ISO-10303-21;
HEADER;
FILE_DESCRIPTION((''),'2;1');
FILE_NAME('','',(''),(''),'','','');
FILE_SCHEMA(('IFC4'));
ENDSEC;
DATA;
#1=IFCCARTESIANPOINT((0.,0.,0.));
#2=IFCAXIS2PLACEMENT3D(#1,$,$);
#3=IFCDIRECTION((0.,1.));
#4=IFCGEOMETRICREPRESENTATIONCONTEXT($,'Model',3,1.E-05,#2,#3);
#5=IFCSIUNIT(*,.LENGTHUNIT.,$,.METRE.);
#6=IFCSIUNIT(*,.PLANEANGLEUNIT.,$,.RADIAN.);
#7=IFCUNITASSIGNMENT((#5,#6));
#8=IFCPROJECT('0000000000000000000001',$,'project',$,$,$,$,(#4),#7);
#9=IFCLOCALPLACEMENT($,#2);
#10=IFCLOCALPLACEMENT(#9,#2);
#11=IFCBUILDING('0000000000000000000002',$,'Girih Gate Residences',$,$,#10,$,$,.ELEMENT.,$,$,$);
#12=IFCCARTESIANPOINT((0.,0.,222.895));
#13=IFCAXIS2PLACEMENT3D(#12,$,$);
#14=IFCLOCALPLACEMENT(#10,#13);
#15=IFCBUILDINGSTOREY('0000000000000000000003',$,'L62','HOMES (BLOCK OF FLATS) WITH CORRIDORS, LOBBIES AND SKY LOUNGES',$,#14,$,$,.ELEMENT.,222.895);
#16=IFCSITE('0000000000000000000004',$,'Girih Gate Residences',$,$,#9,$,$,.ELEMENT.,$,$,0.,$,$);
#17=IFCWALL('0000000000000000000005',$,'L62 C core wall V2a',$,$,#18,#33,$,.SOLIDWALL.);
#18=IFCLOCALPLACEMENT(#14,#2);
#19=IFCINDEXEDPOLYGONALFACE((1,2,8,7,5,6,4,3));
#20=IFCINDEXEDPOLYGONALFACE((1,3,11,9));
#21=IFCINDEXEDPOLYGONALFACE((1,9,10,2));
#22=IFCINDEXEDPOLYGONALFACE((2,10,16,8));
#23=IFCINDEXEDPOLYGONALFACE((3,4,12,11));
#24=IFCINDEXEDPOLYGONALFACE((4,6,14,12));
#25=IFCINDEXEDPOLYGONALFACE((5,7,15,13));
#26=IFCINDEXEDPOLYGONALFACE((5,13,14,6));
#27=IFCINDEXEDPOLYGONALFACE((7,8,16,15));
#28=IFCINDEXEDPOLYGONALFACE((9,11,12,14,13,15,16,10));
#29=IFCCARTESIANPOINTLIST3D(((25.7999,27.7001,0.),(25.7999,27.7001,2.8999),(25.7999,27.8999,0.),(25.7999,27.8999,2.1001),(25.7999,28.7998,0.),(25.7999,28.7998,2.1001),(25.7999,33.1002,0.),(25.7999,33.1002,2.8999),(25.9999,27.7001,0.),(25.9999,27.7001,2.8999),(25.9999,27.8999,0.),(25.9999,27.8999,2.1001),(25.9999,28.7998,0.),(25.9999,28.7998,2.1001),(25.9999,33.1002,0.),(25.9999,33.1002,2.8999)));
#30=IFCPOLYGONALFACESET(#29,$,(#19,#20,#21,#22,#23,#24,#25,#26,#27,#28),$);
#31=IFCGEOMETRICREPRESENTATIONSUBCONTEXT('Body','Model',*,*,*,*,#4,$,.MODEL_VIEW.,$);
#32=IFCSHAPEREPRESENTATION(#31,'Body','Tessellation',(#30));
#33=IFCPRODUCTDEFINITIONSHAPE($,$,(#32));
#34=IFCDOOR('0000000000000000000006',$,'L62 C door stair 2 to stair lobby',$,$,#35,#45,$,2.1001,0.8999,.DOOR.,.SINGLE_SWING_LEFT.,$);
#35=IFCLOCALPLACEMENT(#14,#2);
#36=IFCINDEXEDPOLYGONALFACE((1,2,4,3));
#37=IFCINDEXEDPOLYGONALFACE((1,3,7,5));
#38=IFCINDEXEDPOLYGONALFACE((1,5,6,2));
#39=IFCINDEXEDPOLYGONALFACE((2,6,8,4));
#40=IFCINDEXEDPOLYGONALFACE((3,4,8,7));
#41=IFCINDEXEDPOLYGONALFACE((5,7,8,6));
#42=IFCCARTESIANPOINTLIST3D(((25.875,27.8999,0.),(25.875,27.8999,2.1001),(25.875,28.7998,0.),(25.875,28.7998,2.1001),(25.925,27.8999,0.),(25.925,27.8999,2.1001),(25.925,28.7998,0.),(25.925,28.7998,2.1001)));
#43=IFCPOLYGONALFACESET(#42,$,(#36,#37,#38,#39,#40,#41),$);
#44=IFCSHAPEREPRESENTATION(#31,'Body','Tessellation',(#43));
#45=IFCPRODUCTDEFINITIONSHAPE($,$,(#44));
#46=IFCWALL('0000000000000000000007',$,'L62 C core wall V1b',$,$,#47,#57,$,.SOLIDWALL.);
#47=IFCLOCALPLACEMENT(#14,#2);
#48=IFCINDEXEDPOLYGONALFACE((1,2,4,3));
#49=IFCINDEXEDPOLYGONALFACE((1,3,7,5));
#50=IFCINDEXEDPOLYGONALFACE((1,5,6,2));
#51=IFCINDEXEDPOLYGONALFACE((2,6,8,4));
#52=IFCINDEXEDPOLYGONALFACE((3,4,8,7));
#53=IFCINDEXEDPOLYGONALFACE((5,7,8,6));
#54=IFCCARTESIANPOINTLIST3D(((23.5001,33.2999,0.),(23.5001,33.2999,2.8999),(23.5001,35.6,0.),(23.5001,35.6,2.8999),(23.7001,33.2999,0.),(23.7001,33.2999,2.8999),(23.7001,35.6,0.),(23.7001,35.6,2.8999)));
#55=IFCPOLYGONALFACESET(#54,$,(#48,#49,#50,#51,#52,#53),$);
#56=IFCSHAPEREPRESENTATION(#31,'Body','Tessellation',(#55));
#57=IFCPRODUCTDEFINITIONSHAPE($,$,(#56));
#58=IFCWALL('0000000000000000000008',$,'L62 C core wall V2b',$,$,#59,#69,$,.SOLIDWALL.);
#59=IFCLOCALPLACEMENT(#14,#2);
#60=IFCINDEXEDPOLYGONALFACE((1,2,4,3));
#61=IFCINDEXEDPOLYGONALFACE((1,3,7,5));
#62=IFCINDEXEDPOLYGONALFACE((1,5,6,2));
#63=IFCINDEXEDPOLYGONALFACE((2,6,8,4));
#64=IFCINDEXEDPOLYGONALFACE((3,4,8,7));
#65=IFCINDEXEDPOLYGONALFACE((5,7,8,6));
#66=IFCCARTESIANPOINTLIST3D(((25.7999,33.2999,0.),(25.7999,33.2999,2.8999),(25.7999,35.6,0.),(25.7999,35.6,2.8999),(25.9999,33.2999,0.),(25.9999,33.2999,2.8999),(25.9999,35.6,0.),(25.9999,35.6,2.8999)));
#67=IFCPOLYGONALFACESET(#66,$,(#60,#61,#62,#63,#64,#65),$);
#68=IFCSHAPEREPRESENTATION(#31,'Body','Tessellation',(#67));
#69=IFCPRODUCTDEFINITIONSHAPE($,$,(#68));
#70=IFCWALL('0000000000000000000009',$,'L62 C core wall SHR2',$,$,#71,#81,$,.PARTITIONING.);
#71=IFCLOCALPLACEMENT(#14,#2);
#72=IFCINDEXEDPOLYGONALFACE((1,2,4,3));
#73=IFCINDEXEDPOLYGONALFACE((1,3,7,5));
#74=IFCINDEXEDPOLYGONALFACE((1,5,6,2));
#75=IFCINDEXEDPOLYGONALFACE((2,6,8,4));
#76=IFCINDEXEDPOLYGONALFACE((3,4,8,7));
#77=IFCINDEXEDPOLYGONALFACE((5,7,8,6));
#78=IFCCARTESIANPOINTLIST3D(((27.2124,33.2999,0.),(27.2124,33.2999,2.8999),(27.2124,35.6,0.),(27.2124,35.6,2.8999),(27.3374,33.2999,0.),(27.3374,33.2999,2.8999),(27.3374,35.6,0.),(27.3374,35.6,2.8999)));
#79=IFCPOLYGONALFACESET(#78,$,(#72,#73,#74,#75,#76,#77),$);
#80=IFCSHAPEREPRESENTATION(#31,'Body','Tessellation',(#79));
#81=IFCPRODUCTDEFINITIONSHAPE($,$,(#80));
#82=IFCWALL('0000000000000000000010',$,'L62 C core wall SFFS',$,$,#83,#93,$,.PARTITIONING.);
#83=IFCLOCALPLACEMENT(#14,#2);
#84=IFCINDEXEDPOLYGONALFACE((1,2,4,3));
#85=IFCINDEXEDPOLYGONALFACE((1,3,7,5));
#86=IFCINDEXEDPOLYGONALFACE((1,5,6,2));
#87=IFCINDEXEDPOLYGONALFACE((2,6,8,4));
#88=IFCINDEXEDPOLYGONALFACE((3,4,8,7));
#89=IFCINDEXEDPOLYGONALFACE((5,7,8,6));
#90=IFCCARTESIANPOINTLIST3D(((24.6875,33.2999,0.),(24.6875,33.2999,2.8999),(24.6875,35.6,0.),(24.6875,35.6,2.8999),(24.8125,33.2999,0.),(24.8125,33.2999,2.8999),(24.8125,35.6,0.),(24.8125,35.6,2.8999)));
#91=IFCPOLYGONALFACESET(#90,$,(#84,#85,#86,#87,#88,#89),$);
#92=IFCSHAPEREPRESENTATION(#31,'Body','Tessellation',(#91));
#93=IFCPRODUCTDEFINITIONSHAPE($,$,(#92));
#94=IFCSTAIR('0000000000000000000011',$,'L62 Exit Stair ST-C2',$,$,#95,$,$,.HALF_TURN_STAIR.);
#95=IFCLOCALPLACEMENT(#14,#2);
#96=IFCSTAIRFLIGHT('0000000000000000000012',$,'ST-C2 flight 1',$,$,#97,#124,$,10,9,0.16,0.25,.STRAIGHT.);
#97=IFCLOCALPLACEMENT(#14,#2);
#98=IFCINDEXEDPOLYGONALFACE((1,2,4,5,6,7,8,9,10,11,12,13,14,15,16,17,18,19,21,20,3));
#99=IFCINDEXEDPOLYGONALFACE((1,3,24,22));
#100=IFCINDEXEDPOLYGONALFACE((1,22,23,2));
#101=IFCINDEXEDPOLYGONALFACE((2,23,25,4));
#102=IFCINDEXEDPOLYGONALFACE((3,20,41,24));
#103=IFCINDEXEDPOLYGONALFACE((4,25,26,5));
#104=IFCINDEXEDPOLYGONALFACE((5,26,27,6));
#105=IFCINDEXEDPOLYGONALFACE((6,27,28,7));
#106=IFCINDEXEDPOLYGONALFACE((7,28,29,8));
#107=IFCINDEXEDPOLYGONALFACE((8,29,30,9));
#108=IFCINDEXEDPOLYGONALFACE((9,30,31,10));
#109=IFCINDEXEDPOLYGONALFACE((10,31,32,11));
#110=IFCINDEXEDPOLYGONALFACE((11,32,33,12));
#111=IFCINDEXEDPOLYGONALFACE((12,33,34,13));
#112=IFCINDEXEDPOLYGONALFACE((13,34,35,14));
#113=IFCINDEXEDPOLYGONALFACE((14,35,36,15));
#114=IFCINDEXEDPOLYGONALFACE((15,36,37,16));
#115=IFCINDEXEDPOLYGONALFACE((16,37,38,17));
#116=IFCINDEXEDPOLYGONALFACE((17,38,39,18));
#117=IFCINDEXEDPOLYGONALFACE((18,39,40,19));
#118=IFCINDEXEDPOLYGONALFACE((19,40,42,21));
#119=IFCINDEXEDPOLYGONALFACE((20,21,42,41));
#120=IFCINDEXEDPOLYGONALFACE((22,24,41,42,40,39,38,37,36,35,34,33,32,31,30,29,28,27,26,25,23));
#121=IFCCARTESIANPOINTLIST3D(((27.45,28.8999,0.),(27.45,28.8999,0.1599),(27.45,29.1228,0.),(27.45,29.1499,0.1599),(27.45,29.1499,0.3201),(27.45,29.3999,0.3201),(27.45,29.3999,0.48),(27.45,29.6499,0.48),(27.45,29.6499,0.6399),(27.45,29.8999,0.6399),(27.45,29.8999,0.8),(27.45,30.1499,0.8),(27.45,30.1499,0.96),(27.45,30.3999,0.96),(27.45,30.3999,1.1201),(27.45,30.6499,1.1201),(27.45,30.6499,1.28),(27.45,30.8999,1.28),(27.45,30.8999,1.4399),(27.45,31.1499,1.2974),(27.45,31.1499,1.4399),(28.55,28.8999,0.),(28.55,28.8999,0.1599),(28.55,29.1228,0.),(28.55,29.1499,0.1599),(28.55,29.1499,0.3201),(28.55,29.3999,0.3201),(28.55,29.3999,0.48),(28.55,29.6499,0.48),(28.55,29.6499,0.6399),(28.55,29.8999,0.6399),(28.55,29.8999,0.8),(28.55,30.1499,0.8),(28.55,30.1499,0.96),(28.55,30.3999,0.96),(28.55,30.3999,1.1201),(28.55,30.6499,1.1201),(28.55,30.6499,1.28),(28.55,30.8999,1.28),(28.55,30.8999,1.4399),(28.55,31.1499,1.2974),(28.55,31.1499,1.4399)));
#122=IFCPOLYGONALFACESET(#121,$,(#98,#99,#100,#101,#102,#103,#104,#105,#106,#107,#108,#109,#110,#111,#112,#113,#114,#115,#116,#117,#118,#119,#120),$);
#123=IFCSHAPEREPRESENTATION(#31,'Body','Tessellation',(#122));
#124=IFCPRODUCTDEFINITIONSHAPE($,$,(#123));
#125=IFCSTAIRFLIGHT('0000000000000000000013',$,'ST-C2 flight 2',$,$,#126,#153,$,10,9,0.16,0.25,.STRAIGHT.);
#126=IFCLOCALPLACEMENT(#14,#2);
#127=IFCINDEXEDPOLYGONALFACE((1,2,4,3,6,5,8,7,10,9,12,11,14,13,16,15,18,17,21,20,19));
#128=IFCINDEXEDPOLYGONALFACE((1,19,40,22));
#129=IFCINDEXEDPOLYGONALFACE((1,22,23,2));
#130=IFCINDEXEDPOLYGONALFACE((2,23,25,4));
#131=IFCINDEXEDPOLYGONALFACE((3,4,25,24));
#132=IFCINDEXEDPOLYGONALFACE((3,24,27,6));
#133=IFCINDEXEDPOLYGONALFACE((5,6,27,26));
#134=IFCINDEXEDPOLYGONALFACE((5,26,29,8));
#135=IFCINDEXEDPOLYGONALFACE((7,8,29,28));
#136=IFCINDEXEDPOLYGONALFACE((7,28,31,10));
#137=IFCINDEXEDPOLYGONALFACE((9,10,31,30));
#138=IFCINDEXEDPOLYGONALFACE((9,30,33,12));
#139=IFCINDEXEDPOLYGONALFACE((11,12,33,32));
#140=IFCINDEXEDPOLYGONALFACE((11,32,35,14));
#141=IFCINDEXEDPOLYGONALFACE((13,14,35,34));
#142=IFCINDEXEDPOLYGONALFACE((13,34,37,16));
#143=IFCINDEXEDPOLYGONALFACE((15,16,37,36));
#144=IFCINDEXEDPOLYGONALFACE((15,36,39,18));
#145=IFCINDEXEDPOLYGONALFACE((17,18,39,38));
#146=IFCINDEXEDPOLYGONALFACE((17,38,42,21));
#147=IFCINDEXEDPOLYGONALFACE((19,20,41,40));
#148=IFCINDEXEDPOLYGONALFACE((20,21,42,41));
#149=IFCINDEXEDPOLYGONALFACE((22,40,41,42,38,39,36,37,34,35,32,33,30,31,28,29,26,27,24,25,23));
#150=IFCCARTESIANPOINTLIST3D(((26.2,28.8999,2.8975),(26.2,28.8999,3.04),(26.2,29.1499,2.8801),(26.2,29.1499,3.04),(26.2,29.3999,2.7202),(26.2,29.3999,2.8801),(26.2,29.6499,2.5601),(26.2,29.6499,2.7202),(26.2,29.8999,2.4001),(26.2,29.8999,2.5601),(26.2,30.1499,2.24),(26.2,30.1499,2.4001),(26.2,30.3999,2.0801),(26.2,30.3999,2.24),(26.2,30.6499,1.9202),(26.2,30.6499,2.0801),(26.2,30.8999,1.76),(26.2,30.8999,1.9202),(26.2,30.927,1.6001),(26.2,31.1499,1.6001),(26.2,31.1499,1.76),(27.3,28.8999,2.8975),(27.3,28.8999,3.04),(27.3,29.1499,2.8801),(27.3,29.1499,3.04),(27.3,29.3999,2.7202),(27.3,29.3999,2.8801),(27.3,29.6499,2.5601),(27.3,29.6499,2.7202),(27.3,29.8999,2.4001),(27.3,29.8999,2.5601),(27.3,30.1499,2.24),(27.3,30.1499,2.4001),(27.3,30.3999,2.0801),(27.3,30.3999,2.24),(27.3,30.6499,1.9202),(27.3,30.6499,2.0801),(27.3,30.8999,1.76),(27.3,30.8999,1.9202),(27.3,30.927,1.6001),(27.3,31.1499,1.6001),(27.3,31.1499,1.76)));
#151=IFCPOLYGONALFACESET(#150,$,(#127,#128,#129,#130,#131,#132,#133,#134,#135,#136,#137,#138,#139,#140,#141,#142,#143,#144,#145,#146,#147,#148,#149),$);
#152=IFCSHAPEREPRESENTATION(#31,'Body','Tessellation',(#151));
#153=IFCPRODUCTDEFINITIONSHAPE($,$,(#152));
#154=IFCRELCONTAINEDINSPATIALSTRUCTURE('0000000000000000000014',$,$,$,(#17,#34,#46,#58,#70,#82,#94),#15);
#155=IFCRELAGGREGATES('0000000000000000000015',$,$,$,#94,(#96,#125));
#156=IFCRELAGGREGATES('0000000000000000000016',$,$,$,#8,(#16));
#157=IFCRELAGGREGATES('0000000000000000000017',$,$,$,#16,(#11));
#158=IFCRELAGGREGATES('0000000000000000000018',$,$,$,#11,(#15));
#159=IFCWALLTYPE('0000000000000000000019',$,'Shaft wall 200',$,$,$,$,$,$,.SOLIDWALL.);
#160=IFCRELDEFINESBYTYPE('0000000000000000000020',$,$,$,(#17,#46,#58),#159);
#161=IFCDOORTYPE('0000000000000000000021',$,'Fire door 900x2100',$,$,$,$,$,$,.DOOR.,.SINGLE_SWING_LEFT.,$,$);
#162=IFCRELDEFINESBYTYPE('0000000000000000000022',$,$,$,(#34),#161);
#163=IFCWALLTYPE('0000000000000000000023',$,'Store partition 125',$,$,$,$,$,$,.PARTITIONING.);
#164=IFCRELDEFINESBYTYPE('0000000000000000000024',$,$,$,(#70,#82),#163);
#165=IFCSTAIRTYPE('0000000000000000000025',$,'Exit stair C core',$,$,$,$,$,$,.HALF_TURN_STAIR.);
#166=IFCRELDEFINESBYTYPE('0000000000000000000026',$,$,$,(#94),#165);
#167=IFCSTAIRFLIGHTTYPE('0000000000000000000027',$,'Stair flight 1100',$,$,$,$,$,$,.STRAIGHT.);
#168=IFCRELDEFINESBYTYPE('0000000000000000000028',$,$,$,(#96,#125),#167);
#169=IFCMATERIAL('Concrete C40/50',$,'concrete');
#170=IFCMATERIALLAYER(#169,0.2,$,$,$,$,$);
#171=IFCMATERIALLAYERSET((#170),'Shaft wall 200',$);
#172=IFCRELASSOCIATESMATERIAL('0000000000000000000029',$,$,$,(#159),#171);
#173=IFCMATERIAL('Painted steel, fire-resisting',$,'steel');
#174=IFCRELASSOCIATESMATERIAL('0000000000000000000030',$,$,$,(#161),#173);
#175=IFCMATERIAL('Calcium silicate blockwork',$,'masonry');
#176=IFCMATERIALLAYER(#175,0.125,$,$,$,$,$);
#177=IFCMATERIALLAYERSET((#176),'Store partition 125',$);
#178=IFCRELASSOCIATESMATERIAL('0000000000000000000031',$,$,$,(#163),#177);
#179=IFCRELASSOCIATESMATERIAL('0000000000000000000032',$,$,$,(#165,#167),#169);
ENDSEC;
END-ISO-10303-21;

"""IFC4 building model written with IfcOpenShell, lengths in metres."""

from ifc_helpers import new_model, si_unit, direction, frame, frame_2d, origin, place, context, subcontext, project, spatial, polyline, rectangle, outline, extrude, material, layer, layer_set, type_object, element, fill, aggregate, save


model = new_model("IFC4")

# Units and contexts
model_context = context("Model", 3, precision=1e-05, world=origin(), true_north=direction((0.0, 1.0)))
body_context = subcontext(model_context, "Body", "Model", "MODEL_VIEW")
ifc_project = project(units=[si_unit("LENGTHUNIT", "METRE"), si_unit("PLANEANGLEUNIT", "RADIAN")], contexts=[model_context])

# Site, building, storey
site_placement = place(None, origin())
site = spatial("IfcSite", under=ifc_project, at=site_placement, Name="Girih Gate Residences", CompositionType="ELEMENT", RefElevation=0.0)
building_placement = place(site_placement, origin())
building = spatial("IfcBuilding", under=site, at=building_placement, Name="Girih Gate Residences", CompositionType="ELEMENT")
storey_placement = place(building_placement, frame((0.0, 0.0, 222.895)))
storey = spatial("IfcBuildingStorey", under=building, at=storey_placement, Name="L62", Description="HOMES (BLOCK OF FLATS) WITH CORRIDORS, LOBBIES AND SKY LOUNGES", CompositionType="ELEMENT", Elevation=222.895)

# Wall, opening, door
ifc_material_1 = material(Name="Concrete C40/50", Category="concrete")
ifc_layer_1 = layer(ifc_material_1, 0.2)
ifc_layer_set_1 = layer_set([ifc_layer_1], Name="Shaft wall 200")
wall_type_1 = type_object("IfcWallType", Name="Shaft wall 200", PredefinedType="SOLIDWALL", material=ifc_layer_set_1)
ifc_material_2 = material(Name="Painted steel, fire-resisting", Category="steel")
door_type = type_object("IfcDoorType", Name="Fire door 900x2100", OperationType="SINGLE_SWING_LEFT", PredefinedType="DOOR", material=ifc_material_2)
wall_1_placement = place(storey_placement, frame((25.8999, 27.7, 0.0), z_axis=(0.0, 0.0, 1.0), x_axis=(0.0, 1.0, 0.0)))
wall_1 = element("IfcWall", 1, at=wall_1_placement, inside=storey, type_object=wall_type_1, Name="L62 C core wall V2a", PredefinedType="SOLIDWALL", context=body_context, shape_type="SweptSolid", body=[
    extrude(rectangle(XDim=5.4001, YDim=0.2, at=frame_2d((2.7002, 0.0))), origin(), (0.0, 0.0, 1.0), 2.8999),
])
opening_1_placement = place(wall_1_placement, frame((0.2, 0.0, 0.0)))
opening_1 = element("IfcOpeningElement", 2, at=opening_1_placement, cuts=wall_1, PredefinedType="OPENING", context=body_context, shape_type="SweptSolid", body=[
    extrude(rectangle(XDim=0.8999, YDim=2.1001, at=frame_2d((0.45, 1.05))), frame((0.0, 0.1099, 0.0), z_axis=(0.0, -1.0, 0.0), x_axis=(1.0, 0.0, 0.0)), (0.0, 0.0, 1.0), 0.22),
])
door_1_placement = place(opening_1_placement, origin())
door_1 = element("IfcDoor", 3, at=door_1_placement, inside=storey, type_object=door_type, Name="L62 C door stair 2 to stair lobby", OperationType="SINGLE_SWING_LEFT", OverallHeight=2.1001, OverallWidth=0.8999, PredefinedType="DOOR", context=body_context, shape_type="SweptSolid", body=[
    extrude(rectangle(XDim=0.8999, YDim=2.1001, at=frame_2d((0.45, 1.05))), frame((0.0, 0.0249, 0.0), z_axis=(0.0, -1.0, 0.0), x_axis=(1.0, 0.0, 0.0)), (0.0, 0.0, 1.0), 0.05),
])
fill(opening_1, door_1)

# Walls
for number, where, z_axis, x_axis, name in (
    (4, (23.6001, 33.3, 0.0), (0.0, 0.0, 1.0), (0.0, 1.0, 0.0), "L62 C core wall V1b"),
    (5, (25.8999, 33.3, 0.0), (0.0, 0.0, 1.0), (0.0, 1.0, 0.0), "L62 C core wall V2b"),
):
    element("IfcWall", number, at=place(storey_placement, frame(where, z_axis=z_axis, x_axis=x_axis)), inside=storey, type_object=wall_type_1, Name=name, PredefinedType="SOLIDWALL", context=body_context, shape_type="SweptSolid", body=[
        extrude(rectangle(XDim=2.3, YDim=0.2, at=frame_2d((1.1499, 0.0))), origin(), (0.0, 0.0, 1.0), 2.8999),
    ])
ifc_material_3 = material(Name="Calcium silicate blockwork", Category="masonry")
ifc_layer_2 = layer(ifc_material_3, 0.125)
ifc_layer_set_2 = layer_set([ifc_layer_2], Name="Store partition 125")
wall_type_2 = type_object("IfcWallType", Name="Store partition 125", PredefinedType="PARTITIONING", material=ifc_layer_set_2)
for number, where, z_axis, x_axis, name in (
    (6, (27.2749, 33.3, 0.0), (0.0, 0.0, 1.0), (0.0, 1.0, 0.0), "L62 C core wall SHR2"),
    (7, (24.75, 33.3, 0.0), (0.0, 0.0, 1.0), (0.0, 1.0, 0.0), "L62 C core wall SFFS"),
):
    element("IfcWall", number, at=place(storey_placement, frame(where, z_axis=z_axis, x_axis=x_axis)), inside=storey, type_object=wall_type_2, Name=name, PredefinedType="PARTITIONING", context=body_context, shape_type="SweptSolid", body=[
        extrude(rectangle(XDim=2.3, YDim=0.125, at=frame_2d((1.1499, 0.0))), origin(), (0.0, 0.0, 1.0), 2.8999),
    ])

# Stair, stair flights
stair_type = type_object("IfcStairType", Name="Exit stair C core", PredefinedType="HALF_TURN_STAIR", material=ifc_material_1)
stair_placement = place(storey_placement, origin())
stair = element("IfcStair", 8, at=stair_placement, inside=storey, type_object=stair_type, Name="L62 Exit Stair ST-C2", PredefinedType="HALF_TURN_STAIR")
stair_flight_type = type_object("IfcStairFlightType", Name="Stair flight 1100", PredefinedType="STRAIGHT", material=ifc_material_1)
stair_flight_1_placement = place(storey_placement, frame((28.0, 28.8999, 0.0), z_axis=(0.0, 0.0, 1.0), x_axis=(0.0, 1.0, 0.0)))
stair_flight_1 = element("IfcStairFlight", 9, at=stair_flight_1_placement, type_object=stair_flight_type, Name="ST-C2 flight 1", NumberOfRisers=10, NumberOfTreads=9, PredefinedType="STRAIGHT", RiserHeight=0.16, TreadLength=0.25, context=body_context, shape_type="SweptSolid", body=[
    extrude(outline(polyline([(0.0, 0.0), (0.0, 0.1599), (0.25, 0.1599), (0.25, 0.3201), (0.5, 0.3201), (0.5, 0.48), (0.75, 0.48), (0.75, 0.6399), (1.0, 0.6399), (1.0, 0.8), (1.25, 0.8), (1.25, 0.96), (1.5, 0.96), (1.5, 1.1201), (1.75, 1.1201), (1.75, 1.28), (2.0, 1.28), (2.0, 1.4399), (2.25, 1.4399), (2.25, 1.6001), (2.25, 1.2974), (0.2229, 0.0), (0.0, 0.0)])), frame((0.0, 0.55, 0.0), z_axis=(0.0, -1.0, 0.0), x_axis=(1.0, 0.0, 0.0)), (0.0, 0.0, 1.0), 1.1001),
])
stair_flight_2_placement = place(storey_placement, frame((26.75, 31.1499, 1.6001), z_axis=(0.0, 0.0, 1.0), x_axis=(0.0, -1.0, 0.0)))
stair_flight_2 = element("IfcStairFlight", 10, at=stair_flight_2_placement, type_object=stair_flight_type, Name="ST-C2 flight 2", NumberOfRisers=10, NumberOfTreads=9, PredefinedType="STRAIGHT", RiserHeight=0.16, TreadLength=0.25, context=body_context, shape_type="SweptSolid", body=[
    extrude(outline(polyline([(0.0, 0.0), (0.0, 0.1599), (0.25, 0.1599), (0.25, 0.3201), (0.5, 0.3201), (0.5, 0.48), (0.75, 0.48), (0.75, 0.6399), (1.0, 0.6399), (1.0, 0.8), (1.25, 0.8), (1.25, 0.96), (1.5, 0.96), (1.5, 1.1201), (1.75, 1.1201), (1.75, 1.28), (2.0, 1.28), (2.0, 1.4399), (2.25, 1.4399), (2.25, 1.6001), (2.25, 1.2974), (0.2229, 0.0), (0.0, 0.0)])), frame((0.0, 0.55, 0.0), z_axis=(0.0, -1.0, 0.0), x_axis=(1.0, 0.0, 0.0)), (0.0, 0.0, 1.0), 1.1001),
])
aggregate(stair, [stair_flight_1, stair_flight_2])

save(model, "model.ifc")
